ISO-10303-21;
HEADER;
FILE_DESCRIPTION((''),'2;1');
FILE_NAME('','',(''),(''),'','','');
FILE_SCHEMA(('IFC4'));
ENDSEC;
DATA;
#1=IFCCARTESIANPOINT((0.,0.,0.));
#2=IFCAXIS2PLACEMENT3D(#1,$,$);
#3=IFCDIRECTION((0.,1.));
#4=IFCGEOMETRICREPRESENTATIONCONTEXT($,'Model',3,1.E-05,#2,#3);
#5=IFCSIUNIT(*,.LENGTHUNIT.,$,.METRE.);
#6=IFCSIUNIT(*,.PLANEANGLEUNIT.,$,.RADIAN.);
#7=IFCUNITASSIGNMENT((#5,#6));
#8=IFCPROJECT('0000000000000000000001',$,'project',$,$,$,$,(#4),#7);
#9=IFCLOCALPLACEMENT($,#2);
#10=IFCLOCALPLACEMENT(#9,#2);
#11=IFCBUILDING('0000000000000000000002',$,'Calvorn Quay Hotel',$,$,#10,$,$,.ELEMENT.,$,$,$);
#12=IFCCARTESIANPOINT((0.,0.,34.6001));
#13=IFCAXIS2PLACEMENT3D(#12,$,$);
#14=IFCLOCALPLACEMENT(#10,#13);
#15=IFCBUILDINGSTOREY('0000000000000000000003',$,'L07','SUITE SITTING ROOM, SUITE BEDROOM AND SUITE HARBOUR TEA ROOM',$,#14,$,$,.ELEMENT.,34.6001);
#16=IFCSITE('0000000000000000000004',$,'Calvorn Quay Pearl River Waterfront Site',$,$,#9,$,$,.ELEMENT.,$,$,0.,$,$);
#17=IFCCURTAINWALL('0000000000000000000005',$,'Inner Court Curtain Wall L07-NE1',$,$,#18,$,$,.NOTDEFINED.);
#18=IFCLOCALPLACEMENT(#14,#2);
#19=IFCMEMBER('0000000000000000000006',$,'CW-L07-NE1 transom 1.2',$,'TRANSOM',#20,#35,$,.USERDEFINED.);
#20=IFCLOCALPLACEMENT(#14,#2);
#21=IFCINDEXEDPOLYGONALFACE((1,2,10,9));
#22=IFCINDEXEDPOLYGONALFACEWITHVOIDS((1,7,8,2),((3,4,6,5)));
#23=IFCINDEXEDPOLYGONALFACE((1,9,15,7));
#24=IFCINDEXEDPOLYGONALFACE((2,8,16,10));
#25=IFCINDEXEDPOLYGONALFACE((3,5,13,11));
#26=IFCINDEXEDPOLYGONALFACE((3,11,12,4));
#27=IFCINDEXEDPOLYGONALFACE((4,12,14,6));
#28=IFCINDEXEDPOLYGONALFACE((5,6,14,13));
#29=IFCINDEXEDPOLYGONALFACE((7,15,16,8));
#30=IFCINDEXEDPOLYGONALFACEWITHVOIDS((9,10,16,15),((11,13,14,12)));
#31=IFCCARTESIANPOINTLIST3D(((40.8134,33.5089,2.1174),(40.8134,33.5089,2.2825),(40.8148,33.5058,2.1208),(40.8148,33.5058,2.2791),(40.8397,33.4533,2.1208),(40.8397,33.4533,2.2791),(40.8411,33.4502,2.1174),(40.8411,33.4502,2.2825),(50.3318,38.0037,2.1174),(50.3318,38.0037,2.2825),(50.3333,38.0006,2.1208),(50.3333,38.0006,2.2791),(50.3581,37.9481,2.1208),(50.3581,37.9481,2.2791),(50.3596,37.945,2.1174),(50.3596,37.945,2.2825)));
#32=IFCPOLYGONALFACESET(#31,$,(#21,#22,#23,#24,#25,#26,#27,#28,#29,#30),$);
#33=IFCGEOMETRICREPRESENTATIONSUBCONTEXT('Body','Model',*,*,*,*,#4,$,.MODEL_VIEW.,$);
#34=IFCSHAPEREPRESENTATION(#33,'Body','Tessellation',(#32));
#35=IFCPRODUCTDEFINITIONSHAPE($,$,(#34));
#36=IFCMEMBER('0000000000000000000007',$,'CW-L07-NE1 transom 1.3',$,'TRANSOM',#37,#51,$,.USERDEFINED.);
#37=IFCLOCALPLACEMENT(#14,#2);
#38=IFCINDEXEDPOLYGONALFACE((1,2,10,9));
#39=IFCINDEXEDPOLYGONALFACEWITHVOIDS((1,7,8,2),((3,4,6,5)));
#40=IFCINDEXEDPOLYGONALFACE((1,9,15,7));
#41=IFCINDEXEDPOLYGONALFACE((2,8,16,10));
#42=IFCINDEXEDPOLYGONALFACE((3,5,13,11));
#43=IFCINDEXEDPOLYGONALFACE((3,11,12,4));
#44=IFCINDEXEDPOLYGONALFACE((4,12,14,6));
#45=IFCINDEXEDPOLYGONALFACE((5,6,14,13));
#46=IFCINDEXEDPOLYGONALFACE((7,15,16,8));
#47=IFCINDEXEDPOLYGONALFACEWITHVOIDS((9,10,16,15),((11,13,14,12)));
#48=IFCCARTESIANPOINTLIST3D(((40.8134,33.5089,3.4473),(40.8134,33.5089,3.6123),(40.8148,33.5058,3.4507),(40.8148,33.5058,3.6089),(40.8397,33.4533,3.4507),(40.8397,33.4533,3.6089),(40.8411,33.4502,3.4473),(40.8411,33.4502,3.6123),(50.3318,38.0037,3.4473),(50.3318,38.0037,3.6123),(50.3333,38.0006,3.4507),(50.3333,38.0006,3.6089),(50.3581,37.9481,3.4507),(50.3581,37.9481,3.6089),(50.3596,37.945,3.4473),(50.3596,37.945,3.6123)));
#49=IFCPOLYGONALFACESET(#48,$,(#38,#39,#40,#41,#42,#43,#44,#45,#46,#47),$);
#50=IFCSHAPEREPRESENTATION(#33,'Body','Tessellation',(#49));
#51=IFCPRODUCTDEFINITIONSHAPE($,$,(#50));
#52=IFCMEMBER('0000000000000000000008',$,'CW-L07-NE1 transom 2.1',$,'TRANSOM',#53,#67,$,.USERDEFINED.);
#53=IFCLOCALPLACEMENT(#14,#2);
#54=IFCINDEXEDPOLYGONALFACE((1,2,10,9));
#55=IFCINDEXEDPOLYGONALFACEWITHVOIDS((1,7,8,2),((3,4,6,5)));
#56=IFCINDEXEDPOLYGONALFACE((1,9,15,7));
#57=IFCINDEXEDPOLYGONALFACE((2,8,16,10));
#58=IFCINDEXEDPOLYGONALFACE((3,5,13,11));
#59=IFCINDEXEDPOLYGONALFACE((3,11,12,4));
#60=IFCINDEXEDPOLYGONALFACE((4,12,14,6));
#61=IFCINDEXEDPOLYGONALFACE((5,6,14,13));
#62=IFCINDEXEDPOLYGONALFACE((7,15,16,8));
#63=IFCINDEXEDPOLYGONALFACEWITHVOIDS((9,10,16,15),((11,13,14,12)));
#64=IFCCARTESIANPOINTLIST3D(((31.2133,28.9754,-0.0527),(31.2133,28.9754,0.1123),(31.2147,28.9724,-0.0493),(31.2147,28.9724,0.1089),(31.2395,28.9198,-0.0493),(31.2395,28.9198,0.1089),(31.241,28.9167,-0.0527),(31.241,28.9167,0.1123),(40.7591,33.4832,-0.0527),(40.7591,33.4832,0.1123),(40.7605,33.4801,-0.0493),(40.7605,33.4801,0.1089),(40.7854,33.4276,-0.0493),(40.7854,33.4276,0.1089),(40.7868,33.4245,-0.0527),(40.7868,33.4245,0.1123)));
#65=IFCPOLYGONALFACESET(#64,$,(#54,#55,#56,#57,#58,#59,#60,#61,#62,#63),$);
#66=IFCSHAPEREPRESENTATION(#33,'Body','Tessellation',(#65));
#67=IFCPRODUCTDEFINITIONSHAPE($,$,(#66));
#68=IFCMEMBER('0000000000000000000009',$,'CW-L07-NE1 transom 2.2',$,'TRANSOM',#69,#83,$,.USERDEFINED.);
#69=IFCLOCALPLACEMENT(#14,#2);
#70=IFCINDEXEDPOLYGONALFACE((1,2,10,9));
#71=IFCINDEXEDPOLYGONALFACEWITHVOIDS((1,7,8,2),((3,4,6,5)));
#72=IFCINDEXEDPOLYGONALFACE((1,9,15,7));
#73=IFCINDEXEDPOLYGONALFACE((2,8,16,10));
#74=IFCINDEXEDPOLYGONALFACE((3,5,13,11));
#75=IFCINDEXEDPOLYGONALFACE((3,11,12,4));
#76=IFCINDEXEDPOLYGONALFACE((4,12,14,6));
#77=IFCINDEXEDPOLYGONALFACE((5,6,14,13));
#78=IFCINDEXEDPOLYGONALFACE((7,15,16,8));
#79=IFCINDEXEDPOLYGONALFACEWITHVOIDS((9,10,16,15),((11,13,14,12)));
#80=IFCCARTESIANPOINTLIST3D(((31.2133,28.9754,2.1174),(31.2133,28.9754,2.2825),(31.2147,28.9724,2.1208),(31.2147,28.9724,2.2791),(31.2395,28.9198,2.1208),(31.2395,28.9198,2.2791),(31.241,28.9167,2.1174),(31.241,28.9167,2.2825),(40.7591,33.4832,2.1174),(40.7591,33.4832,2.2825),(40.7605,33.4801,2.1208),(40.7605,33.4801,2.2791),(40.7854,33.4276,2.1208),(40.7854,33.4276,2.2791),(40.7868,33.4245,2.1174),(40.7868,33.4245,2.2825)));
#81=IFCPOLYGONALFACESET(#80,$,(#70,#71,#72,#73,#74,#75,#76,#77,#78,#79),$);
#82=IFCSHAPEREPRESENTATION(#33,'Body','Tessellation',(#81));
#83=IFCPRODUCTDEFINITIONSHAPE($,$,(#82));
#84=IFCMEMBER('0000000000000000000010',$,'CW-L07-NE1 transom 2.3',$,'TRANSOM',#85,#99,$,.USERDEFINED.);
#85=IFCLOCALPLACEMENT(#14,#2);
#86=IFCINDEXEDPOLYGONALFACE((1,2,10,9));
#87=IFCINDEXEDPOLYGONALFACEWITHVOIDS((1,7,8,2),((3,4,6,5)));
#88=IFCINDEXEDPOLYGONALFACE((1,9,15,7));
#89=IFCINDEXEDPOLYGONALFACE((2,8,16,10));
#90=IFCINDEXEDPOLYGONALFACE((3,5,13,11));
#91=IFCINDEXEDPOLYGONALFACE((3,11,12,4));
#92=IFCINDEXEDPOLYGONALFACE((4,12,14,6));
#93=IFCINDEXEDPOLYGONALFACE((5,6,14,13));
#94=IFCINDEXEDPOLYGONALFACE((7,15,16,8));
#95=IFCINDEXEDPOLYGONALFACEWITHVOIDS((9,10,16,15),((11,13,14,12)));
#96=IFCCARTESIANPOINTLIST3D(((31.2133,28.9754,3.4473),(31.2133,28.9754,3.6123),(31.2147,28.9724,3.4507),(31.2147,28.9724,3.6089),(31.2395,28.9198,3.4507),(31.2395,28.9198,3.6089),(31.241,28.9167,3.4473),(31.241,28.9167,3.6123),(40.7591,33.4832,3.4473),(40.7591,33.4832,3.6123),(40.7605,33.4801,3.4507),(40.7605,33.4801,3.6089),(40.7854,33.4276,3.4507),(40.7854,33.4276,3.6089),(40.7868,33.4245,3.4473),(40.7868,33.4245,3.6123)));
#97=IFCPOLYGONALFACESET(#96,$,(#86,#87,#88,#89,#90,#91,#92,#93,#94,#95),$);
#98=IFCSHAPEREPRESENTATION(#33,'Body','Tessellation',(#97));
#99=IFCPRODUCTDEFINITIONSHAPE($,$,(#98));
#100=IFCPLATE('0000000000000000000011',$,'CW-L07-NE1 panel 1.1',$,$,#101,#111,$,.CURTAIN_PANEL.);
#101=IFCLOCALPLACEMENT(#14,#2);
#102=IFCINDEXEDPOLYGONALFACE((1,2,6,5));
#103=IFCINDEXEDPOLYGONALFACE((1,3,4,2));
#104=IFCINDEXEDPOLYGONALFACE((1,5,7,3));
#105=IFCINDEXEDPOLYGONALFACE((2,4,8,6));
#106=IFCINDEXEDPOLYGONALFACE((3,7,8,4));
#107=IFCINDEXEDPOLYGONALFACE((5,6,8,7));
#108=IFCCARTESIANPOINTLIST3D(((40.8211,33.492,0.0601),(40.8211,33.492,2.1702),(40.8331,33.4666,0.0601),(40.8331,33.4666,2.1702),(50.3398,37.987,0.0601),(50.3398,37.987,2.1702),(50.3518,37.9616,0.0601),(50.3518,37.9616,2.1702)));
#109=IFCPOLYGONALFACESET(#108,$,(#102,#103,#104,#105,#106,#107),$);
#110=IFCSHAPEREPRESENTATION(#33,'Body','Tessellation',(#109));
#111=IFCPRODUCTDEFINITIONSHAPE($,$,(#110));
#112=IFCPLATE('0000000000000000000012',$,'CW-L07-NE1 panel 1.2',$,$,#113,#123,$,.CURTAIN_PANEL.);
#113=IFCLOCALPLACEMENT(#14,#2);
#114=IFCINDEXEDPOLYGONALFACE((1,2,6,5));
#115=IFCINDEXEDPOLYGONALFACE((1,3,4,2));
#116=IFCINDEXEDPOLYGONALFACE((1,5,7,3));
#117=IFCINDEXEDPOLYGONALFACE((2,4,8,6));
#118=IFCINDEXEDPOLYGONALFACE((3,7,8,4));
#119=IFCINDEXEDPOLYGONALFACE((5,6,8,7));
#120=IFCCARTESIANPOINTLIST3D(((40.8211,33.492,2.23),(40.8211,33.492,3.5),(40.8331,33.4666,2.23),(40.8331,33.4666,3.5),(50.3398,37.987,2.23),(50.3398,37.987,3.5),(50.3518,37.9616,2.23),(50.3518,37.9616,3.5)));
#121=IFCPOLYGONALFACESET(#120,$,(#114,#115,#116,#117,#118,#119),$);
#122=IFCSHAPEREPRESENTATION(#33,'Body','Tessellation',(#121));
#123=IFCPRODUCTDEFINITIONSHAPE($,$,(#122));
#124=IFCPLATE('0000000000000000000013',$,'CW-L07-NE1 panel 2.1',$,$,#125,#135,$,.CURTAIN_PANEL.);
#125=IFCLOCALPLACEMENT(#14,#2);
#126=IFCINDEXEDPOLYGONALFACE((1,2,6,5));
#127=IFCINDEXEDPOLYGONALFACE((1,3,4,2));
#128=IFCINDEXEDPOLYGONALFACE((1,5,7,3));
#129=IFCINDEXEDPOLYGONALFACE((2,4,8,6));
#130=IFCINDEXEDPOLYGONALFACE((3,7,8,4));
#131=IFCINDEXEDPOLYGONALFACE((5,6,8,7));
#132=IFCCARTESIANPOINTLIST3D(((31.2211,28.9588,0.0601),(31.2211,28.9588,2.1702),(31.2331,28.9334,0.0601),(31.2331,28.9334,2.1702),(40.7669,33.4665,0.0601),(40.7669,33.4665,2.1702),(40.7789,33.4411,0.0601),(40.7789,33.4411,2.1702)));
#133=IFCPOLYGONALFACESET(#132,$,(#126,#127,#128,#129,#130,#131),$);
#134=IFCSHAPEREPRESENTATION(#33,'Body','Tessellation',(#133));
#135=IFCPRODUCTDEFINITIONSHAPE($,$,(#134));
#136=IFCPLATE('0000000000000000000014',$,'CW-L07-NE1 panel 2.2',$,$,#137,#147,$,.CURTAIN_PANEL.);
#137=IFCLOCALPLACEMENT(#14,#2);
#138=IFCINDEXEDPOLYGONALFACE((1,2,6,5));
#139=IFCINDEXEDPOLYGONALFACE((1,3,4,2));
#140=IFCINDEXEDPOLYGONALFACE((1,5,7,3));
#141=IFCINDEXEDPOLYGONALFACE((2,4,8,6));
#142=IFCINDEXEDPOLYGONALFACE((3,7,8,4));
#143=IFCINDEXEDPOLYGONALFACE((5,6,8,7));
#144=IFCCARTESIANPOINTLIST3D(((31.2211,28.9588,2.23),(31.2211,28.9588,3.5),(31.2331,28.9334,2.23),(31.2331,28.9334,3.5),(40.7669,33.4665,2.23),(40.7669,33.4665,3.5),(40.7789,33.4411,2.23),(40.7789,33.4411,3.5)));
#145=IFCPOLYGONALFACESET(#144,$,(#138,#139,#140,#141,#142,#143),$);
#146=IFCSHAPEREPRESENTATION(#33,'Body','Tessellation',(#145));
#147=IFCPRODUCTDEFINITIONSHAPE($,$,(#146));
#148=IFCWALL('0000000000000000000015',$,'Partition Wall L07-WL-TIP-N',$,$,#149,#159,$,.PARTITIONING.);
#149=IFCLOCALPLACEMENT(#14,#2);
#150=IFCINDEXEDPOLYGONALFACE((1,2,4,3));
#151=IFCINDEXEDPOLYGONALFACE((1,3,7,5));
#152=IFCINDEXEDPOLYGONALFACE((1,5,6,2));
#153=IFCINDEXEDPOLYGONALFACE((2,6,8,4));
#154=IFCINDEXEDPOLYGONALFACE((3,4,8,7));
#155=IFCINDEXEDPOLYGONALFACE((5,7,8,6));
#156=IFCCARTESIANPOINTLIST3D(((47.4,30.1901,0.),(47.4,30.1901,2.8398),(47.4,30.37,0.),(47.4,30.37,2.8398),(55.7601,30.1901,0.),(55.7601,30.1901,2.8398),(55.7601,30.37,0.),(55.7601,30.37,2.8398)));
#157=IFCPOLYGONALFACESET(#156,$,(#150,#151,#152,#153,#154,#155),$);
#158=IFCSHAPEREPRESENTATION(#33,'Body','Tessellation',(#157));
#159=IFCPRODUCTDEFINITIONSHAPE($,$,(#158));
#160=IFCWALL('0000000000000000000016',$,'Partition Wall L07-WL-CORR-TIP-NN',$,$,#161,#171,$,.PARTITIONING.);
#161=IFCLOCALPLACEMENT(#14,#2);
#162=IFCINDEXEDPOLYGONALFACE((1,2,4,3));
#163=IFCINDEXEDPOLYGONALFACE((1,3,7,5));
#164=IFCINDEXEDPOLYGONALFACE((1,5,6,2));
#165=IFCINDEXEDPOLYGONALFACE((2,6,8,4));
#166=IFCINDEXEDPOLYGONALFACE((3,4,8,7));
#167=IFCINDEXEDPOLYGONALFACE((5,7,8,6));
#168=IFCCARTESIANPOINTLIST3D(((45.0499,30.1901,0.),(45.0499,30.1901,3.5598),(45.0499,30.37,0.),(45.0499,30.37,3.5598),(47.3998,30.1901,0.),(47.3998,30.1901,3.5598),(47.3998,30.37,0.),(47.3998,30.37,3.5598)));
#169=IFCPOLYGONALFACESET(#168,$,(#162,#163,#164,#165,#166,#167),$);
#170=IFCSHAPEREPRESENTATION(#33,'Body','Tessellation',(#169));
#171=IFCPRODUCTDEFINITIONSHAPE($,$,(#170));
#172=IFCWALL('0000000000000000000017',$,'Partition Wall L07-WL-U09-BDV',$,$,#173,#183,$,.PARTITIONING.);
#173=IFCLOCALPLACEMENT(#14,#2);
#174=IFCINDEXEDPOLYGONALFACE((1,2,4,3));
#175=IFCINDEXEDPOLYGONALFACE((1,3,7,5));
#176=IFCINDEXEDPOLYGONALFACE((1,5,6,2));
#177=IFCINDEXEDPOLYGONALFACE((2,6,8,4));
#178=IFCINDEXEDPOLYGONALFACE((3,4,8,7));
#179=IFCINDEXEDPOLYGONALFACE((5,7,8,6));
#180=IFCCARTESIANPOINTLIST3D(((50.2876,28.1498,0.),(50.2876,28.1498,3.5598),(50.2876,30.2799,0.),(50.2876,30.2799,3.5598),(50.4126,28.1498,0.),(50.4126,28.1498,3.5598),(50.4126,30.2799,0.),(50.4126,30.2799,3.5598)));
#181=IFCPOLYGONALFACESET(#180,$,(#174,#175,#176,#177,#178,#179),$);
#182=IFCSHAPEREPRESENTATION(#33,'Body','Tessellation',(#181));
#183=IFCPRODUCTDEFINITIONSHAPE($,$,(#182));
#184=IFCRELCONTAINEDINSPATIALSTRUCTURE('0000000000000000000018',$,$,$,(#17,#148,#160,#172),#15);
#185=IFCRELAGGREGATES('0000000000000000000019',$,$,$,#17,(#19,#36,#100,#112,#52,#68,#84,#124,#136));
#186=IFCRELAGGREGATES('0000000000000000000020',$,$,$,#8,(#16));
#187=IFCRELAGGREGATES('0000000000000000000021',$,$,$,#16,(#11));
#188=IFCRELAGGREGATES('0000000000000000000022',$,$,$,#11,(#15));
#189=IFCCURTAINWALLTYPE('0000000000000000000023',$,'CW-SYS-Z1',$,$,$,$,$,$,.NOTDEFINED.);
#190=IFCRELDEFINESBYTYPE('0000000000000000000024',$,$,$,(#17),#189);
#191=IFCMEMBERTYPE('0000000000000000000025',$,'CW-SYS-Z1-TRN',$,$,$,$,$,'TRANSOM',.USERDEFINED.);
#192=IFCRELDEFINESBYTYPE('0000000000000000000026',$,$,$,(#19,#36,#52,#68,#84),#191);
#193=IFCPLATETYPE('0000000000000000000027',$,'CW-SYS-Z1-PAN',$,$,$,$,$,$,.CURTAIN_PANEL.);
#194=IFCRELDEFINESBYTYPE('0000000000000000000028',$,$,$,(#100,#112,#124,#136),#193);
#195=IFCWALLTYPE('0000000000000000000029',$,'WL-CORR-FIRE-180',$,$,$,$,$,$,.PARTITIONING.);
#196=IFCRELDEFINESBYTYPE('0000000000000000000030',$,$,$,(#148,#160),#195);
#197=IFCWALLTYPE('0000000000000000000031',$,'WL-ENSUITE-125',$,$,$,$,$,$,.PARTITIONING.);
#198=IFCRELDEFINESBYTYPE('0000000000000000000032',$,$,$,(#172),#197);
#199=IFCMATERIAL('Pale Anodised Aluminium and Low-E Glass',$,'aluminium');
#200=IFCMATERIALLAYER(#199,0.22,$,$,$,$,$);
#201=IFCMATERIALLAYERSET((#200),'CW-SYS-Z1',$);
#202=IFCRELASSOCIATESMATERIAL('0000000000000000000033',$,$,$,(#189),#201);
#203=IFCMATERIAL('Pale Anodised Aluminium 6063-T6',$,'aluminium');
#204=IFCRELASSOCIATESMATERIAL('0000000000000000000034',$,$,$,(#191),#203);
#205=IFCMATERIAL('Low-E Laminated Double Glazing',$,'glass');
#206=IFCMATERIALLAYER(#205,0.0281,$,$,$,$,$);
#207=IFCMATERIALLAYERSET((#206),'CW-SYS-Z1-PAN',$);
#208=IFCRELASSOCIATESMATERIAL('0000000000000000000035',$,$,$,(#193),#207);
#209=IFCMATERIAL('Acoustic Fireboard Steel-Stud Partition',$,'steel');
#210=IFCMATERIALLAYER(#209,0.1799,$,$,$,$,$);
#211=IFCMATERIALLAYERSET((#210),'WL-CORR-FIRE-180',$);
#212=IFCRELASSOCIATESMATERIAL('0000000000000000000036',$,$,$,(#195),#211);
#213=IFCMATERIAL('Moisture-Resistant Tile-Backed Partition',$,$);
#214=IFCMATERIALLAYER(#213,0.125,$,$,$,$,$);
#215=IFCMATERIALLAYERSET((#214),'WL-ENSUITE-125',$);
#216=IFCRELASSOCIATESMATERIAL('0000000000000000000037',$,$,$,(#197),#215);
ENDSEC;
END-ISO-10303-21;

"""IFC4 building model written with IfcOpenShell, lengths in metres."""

from ifc_helpers import new_model, si_unit, direction, frame, frame_2d, origin, origin_2d, place, context, subcontext, project, spatial, rectangle, hollow_rectangle, extrude, material, layer, layer_set, material_profile, profile_set, type_object, element, aggregate, save


model = new_model("IFC4")

# Units and contexts
model_context = context("Model", 3, precision=1e-05, world=origin(), true_north=direction((0.0, 1.0)))
body_context = subcontext(model_context, "Body", "Model", "MODEL_VIEW")
ifc_project = project(units=[si_unit("LENGTHUNIT", "METRE"), si_unit("PLANEANGLEUNIT", "RADIAN")], contexts=[model_context])

# Site, building, storey
site_placement = place(None, origin())
site = spatial("IfcSite", under=ifc_project, at=site_placement, Name="Calvorn Quay Pearl River Waterfront Site", CompositionType="ELEMENT", RefElevation=0.0)
building_placement = place(site_placement, origin())
building = spatial("IfcBuilding", under=site, at=building_placement, Name="Calvorn Quay Hotel", CompositionType="ELEMENT")
storey_placement = place(building_placement, frame((0.0, 0.0, 34.6001)))
storey = spatial("IfcBuildingStorey", under=building, at=storey_placement, Name="L07", Description="SUITE SITTING ROOM, SUITE BEDROOM AND SUITE HARBOUR TEA ROOM", CompositionType="ELEMENT", Elevation=34.6001)

# Curtain wall, members, plates
ifc_material_1 = material(Name="Pale Anodised Aluminium and Low-E Glass", Category="aluminium")
ifc_layer_1 = layer(ifc_material_1, 0.22)
ifc_layer_set_1 = layer_set([ifc_layer_1], Name="CW-SYS-Z1")
curtain_wall_type = type_object("IfcCurtainWallType", Name="CW-SYS-Z1", PredefinedType="NOTDEFINED", material=ifc_layer_set_1)
curtain_wall_placement = place(storey_placement, origin())
curtain_wall = element("IfcCurtainWall", 1, at=curtain_wall_placement, inside=storey, type_object=curtain_wall_type, Name="Inner Court Curtain Wall L07-NE1", PredefinedType="NOTDEFINED")
ifc_material_2 = material(Name="Pale Anodised Aluminium 6063-T6", Category="aluminium")
ifc_material_profile_1 = material_profile(ifc_material_2, hollow_rectangle(XDim=0.0649, YDim=0.165, WallThickness=0.0034, at=origin_2d()), Name="ALU-T165x65x3.5")
ifc_profile_set_1 = profile_set([ifc_material_profile_1], Name="Pale Anodised Aluminium 6063-T6")
member_type_1 = type_object("IfcMemberType", Name="CW-SYS-Z1-TRN", ElementType="TRANSOM", PredefinedType="USERDEFINED", material=ifc_profile_set_1)
member_1_placement = place(storey_placement, frame((50.3457, 37.9744, 2.2), z_axis=(-0.904249, -0.427006, 0.0), x_axis=(0.427006, -0.904249, 0.0)))
member_1 = element("IfcMember", 2, at=member_1_placement, type_object=member_type_1, Name="CW-L07-NE1 transom 1.2", ObjectType="TRANSOM", PredefinedType="USERDEFINED", context=body_context, shape_type="SweptSolid", body=[
    extrude(hollow_rectangle(XDim=0.0649, YDim=0.165, WallThickness=0.0034, at=origin_2d()), origin(), (0.0, 0.0, 1.0), 10.5264),
])
member_2_placement = place(storey_placement, frame((50.3457, 37.9744, 3.5298), z_axis=(-0.904249, -0.427006, 0.0), x_axis=(0.427006, -0.904249, 0.0)))
member_2 = element("IfcMember", 3, at=member_2_placement, type_object=member_type_1, Name="CW-L07-NE1 transom 1.3", ObjectType="TRANSOM", PredefinedType="USERDEFINED", context=body_context, shape_type="SweptSolid", body=[
    extrude(hollow_rectangle(XDim=0.0649, YDim=0.165, WallThickness=0.0034, at=origin_2d()), origin(), (0.0, 0.0, 1.0), 10.5264),
])
member_3_placement = place(storey_placement, frame((40.7729, 33.4539, 0.0298), z_axis=(-0.904248, -0.427008, 0.0), x_axis=(0.427008, -0.904248, 0.0)))
member_3 = element("IfcMember", 4, at=member_3_placement, type_object=member_type_1, Name="CW-L07-NE1 transom 2.1", ObjectType="TRANSOM", PredefinedType="USERDEFINED", context=body_context, shape_type="SweptSolid", body=[
    extrude(hollow_rectangle(XDim=0.0649, YDim=0.165, WallThickness=0.0034, at=origin_2d()), origin(), (0.0, 0.0, 1.0), 10.5566),
])
member_4_placement = place(storey_placement, frame((40.7729, 33.4539, 2.2), z_axis=(-0.904248, -0.427008, 0.0), x_axis=(0.427008, -0.904248, 0.0)))
member_4 = element("IfcMember", 5, at=member_4_placement, type_object=member_type_1, Name="CW-L07-NE1 transom 2.2", ObjectType="TRANSOM", PredefinedType="USERDEFINED", context=body_context, shape_type="SweptSolid", body=[
    extrude(hollow_rectangle(XDim=0.0649, YDim=0.165, WallThickness=0.0034, at=origin_2d()), origin(), (0.0, 0.0, 1.0), 10.5566),
])
member_5_placement = place(storey_placement, frame((40.7729, 33.4539, 3.5298), z_axis=(-0.904248, -0.427008, 0.0), x_axis=(0.427008, -0.904248, 0.0)))
member_5 = element("IfcMember", 6, at=member_5_placement, type_object=member_type_1, Name="CW-L07-NE1 transom 2.3", ObjectType="TRANSOM", PredefinedType="USERDEFINED", context=body_context, shape_type="SweptSolid", body=[
    extrude(hollow_rectangle(XDim=0.0649, YDim=0.165, WallThickness=0.0034, at=origin_2d()), origin(), (0.0, 0.0, 1.0), 10.5566),
])
ifc_material_3 = material(Name="Low-E Laminated Double Glazing", Category="glass")
ifc_layer_2 = layer(ifc_material_3, 0.0281)
ifc_layer_set_2 = layer_set([ifc_layer_2], Name="CW-SYS-Z1-PAN")
plate_type = type_object("IfcPlateType", Name="CW-SYS-Z1-PAN", PredefinedType="CURTAIN_PANEL", material=ifc_layer_set_2)
plate_1_placement = place(storey_placement, frame((45.5864, 35.7268, 0.0601), z_axis=(0.0, 0.0, 1.0), x_axis=(-0.904249, -0.427006, 0.0)))
plate_1 = element("IfcPlate", 7, at=plate_1_placement, type_object=plate_type, Name="CW-L07-NE1 panel 1.1", PredefinedType="CURTAIN_PANEL", context=body_context, shape_type="SweptSolid", body=[
    extrude(rectangle(XDim=10.5266, YDim=0.0281, at=origin_2d()), origin(), (0.0, 0.0, 1.0), 2.1101),
])
plate_2_placement = place(storey_placement, frame((45.5864, 35.7268, 2.23), z_axis=(0.0, 0.0, 1.0), x_axis=(-0.904249, -0.427006, 0.0)))
plate_2 = element("IfcPlate", 8, at=plate_2_placement, type_object=plate_type, Name="CW-L07-NE1 panel 1.2", PredefinedType="CURTAIN_PANEL", context=body_context, shape_type="SweptSolid", body=[
    extrude(rectangle(XDim=10.5266, YDim=0.0281, at=origin_2d()), origin(), (0.0, 0.0, 1.0), 1.27),
])
plate_3_placement = place(storey_placement, frame((36.0, 31.2, 0.0601), z_axis=(0.0, 0.0, 1.0), x_axis=(-0.904249, -0.427006, 0.0)))
plate_3 = element("IfcPlate", 9, at=plate_3_placement, type_object=plate_type, Name="CW-L07-NE1 panel 2.1", PredefinedType="CURTAIN_PANEL", context=body_context, shape_type="SweptSolid", body=[
    extrude(rectangle(XDim=10.5566, YDim=0.0281, at=origin_2d()), origin(), (0.0, 0.0, 1.0), 2.1101),
])
plate_4_placement = place(storey_placement, frame((36.0, 31.2, 2.23), z_axis=(0.0, 0.0, 1.0), x_axis=(-0.904249, -0.427006, 0.0)))
plate_4 = element("IfcPlate", 10, at=plate_4_placement, type_object=plate_type, Name="CW-L07-NE1 panel 2.2", PredefinedType="CURTAIN_PANEL", context=body_context, shape_type="SweptSolid", body=[
    extrude(rectangle(XDim=10.5566, YDim=0.0281, at=origin_2d()), origin(), (0.0, 0.0, 1.0), 1.27),
])
aggregate(curtain_wall, [member_1, member_2, plate_1, plate_2, member_3, member_4, member_5, plate_3, plate_4])

# Walls
ifc_material_4 = material(Name="Acoustic Fireboard Steel-Stud Partition", Category="steel")
ifc_layer_3 = layer(ifc_material_4, 0.1799)
ifc_layer_set_3 = layer_set([ifc_layer_3], Name="WL-CORR-FIRE-180")
wall_type_1 = type_object("IfcWallType", Name="WL-CORR-FIRE-180", PredefinedType="PARTITIONING", material=ifc_layer_set_3)
wall_1_placement = place(storey_placement, frame((47.3999, 30.28, 0.0), z_axis=(0.0, 0.0, 1.0), x_axis=(1.0, 0.0, 0.0)))
element("IfcWall", 11, at=wall_1_placement, inside=storey, type_object=wall_type_1, Name="Partition Wall L07-WL-TIP-N", PredefinedType="PARTITIONING", context=body_context, shape_type="SweptSolid", body=[
    extrude(rectangle(XDim=8.3601, YDim=0.1799, at=frame_2d((4.1802, 0.0))), origin(), (0.0, 0.0, 1.0), 2.8398),
])
wall_2_placement = place(storey_placement, frame((45.05, 30.28, 0.0), z_axis=(0.0, 0.0, 1.0), x_axis=(1.0, 0.0, 0.0)))
element("IfcWall", 12, at=wall_2_placement, inside=storey, type_object=wall_type_1, Name="Partition Wall L07-WL-CORR-TIP-NN", PredefinedType="PARTITIONING", context=body_context, shape_type="SweptSolid", body=[
    extrude(rectangle(XDim=2.3499, YDim=0.1799, at=frame_2d((1.1748, 0.0))), origin(), (0.0, 0.0, 1.0), 3.5598),
])
ifc_material_5 = material(Name="Moisture-Resistant Tile-Backed Partition")
ifc_layer_4 = layer(ifc_material_5, 0.125)
ifc_layer_set_4 = layer_set([ifc_layer_4], Name="WL-ENSUITE-125")
wall_type_2 = type_object("IfcWallType", Name="WL-ENSUITE-125", PredefinedType="PARTITIONING", material=ifc_layer_set_4)
wall_3_placement = place(storey_placement, frame((50.3501, 28.1499, 0.0), z_axis=(0.0, 0.0, 1.0), x_axis=(0.0, 1.0, 0.0)))
element("IfcWall", 13, at=wall_3_placement, inside=storey, type_object=wall_type_2, Name="Partition Wall L07-WL-U09-BDV", PredefinedType="PARTITIONING", context=body_context, shape_type="SweptSolid", body=[
    extrude(rectangle(XDim=2.1301, YDim=0.125, at=frame_2d((1.0649, 0.0))), origin(), (0.0, 0.0, 1.0), 3.5598),
])

save(model, "model.ifc")
